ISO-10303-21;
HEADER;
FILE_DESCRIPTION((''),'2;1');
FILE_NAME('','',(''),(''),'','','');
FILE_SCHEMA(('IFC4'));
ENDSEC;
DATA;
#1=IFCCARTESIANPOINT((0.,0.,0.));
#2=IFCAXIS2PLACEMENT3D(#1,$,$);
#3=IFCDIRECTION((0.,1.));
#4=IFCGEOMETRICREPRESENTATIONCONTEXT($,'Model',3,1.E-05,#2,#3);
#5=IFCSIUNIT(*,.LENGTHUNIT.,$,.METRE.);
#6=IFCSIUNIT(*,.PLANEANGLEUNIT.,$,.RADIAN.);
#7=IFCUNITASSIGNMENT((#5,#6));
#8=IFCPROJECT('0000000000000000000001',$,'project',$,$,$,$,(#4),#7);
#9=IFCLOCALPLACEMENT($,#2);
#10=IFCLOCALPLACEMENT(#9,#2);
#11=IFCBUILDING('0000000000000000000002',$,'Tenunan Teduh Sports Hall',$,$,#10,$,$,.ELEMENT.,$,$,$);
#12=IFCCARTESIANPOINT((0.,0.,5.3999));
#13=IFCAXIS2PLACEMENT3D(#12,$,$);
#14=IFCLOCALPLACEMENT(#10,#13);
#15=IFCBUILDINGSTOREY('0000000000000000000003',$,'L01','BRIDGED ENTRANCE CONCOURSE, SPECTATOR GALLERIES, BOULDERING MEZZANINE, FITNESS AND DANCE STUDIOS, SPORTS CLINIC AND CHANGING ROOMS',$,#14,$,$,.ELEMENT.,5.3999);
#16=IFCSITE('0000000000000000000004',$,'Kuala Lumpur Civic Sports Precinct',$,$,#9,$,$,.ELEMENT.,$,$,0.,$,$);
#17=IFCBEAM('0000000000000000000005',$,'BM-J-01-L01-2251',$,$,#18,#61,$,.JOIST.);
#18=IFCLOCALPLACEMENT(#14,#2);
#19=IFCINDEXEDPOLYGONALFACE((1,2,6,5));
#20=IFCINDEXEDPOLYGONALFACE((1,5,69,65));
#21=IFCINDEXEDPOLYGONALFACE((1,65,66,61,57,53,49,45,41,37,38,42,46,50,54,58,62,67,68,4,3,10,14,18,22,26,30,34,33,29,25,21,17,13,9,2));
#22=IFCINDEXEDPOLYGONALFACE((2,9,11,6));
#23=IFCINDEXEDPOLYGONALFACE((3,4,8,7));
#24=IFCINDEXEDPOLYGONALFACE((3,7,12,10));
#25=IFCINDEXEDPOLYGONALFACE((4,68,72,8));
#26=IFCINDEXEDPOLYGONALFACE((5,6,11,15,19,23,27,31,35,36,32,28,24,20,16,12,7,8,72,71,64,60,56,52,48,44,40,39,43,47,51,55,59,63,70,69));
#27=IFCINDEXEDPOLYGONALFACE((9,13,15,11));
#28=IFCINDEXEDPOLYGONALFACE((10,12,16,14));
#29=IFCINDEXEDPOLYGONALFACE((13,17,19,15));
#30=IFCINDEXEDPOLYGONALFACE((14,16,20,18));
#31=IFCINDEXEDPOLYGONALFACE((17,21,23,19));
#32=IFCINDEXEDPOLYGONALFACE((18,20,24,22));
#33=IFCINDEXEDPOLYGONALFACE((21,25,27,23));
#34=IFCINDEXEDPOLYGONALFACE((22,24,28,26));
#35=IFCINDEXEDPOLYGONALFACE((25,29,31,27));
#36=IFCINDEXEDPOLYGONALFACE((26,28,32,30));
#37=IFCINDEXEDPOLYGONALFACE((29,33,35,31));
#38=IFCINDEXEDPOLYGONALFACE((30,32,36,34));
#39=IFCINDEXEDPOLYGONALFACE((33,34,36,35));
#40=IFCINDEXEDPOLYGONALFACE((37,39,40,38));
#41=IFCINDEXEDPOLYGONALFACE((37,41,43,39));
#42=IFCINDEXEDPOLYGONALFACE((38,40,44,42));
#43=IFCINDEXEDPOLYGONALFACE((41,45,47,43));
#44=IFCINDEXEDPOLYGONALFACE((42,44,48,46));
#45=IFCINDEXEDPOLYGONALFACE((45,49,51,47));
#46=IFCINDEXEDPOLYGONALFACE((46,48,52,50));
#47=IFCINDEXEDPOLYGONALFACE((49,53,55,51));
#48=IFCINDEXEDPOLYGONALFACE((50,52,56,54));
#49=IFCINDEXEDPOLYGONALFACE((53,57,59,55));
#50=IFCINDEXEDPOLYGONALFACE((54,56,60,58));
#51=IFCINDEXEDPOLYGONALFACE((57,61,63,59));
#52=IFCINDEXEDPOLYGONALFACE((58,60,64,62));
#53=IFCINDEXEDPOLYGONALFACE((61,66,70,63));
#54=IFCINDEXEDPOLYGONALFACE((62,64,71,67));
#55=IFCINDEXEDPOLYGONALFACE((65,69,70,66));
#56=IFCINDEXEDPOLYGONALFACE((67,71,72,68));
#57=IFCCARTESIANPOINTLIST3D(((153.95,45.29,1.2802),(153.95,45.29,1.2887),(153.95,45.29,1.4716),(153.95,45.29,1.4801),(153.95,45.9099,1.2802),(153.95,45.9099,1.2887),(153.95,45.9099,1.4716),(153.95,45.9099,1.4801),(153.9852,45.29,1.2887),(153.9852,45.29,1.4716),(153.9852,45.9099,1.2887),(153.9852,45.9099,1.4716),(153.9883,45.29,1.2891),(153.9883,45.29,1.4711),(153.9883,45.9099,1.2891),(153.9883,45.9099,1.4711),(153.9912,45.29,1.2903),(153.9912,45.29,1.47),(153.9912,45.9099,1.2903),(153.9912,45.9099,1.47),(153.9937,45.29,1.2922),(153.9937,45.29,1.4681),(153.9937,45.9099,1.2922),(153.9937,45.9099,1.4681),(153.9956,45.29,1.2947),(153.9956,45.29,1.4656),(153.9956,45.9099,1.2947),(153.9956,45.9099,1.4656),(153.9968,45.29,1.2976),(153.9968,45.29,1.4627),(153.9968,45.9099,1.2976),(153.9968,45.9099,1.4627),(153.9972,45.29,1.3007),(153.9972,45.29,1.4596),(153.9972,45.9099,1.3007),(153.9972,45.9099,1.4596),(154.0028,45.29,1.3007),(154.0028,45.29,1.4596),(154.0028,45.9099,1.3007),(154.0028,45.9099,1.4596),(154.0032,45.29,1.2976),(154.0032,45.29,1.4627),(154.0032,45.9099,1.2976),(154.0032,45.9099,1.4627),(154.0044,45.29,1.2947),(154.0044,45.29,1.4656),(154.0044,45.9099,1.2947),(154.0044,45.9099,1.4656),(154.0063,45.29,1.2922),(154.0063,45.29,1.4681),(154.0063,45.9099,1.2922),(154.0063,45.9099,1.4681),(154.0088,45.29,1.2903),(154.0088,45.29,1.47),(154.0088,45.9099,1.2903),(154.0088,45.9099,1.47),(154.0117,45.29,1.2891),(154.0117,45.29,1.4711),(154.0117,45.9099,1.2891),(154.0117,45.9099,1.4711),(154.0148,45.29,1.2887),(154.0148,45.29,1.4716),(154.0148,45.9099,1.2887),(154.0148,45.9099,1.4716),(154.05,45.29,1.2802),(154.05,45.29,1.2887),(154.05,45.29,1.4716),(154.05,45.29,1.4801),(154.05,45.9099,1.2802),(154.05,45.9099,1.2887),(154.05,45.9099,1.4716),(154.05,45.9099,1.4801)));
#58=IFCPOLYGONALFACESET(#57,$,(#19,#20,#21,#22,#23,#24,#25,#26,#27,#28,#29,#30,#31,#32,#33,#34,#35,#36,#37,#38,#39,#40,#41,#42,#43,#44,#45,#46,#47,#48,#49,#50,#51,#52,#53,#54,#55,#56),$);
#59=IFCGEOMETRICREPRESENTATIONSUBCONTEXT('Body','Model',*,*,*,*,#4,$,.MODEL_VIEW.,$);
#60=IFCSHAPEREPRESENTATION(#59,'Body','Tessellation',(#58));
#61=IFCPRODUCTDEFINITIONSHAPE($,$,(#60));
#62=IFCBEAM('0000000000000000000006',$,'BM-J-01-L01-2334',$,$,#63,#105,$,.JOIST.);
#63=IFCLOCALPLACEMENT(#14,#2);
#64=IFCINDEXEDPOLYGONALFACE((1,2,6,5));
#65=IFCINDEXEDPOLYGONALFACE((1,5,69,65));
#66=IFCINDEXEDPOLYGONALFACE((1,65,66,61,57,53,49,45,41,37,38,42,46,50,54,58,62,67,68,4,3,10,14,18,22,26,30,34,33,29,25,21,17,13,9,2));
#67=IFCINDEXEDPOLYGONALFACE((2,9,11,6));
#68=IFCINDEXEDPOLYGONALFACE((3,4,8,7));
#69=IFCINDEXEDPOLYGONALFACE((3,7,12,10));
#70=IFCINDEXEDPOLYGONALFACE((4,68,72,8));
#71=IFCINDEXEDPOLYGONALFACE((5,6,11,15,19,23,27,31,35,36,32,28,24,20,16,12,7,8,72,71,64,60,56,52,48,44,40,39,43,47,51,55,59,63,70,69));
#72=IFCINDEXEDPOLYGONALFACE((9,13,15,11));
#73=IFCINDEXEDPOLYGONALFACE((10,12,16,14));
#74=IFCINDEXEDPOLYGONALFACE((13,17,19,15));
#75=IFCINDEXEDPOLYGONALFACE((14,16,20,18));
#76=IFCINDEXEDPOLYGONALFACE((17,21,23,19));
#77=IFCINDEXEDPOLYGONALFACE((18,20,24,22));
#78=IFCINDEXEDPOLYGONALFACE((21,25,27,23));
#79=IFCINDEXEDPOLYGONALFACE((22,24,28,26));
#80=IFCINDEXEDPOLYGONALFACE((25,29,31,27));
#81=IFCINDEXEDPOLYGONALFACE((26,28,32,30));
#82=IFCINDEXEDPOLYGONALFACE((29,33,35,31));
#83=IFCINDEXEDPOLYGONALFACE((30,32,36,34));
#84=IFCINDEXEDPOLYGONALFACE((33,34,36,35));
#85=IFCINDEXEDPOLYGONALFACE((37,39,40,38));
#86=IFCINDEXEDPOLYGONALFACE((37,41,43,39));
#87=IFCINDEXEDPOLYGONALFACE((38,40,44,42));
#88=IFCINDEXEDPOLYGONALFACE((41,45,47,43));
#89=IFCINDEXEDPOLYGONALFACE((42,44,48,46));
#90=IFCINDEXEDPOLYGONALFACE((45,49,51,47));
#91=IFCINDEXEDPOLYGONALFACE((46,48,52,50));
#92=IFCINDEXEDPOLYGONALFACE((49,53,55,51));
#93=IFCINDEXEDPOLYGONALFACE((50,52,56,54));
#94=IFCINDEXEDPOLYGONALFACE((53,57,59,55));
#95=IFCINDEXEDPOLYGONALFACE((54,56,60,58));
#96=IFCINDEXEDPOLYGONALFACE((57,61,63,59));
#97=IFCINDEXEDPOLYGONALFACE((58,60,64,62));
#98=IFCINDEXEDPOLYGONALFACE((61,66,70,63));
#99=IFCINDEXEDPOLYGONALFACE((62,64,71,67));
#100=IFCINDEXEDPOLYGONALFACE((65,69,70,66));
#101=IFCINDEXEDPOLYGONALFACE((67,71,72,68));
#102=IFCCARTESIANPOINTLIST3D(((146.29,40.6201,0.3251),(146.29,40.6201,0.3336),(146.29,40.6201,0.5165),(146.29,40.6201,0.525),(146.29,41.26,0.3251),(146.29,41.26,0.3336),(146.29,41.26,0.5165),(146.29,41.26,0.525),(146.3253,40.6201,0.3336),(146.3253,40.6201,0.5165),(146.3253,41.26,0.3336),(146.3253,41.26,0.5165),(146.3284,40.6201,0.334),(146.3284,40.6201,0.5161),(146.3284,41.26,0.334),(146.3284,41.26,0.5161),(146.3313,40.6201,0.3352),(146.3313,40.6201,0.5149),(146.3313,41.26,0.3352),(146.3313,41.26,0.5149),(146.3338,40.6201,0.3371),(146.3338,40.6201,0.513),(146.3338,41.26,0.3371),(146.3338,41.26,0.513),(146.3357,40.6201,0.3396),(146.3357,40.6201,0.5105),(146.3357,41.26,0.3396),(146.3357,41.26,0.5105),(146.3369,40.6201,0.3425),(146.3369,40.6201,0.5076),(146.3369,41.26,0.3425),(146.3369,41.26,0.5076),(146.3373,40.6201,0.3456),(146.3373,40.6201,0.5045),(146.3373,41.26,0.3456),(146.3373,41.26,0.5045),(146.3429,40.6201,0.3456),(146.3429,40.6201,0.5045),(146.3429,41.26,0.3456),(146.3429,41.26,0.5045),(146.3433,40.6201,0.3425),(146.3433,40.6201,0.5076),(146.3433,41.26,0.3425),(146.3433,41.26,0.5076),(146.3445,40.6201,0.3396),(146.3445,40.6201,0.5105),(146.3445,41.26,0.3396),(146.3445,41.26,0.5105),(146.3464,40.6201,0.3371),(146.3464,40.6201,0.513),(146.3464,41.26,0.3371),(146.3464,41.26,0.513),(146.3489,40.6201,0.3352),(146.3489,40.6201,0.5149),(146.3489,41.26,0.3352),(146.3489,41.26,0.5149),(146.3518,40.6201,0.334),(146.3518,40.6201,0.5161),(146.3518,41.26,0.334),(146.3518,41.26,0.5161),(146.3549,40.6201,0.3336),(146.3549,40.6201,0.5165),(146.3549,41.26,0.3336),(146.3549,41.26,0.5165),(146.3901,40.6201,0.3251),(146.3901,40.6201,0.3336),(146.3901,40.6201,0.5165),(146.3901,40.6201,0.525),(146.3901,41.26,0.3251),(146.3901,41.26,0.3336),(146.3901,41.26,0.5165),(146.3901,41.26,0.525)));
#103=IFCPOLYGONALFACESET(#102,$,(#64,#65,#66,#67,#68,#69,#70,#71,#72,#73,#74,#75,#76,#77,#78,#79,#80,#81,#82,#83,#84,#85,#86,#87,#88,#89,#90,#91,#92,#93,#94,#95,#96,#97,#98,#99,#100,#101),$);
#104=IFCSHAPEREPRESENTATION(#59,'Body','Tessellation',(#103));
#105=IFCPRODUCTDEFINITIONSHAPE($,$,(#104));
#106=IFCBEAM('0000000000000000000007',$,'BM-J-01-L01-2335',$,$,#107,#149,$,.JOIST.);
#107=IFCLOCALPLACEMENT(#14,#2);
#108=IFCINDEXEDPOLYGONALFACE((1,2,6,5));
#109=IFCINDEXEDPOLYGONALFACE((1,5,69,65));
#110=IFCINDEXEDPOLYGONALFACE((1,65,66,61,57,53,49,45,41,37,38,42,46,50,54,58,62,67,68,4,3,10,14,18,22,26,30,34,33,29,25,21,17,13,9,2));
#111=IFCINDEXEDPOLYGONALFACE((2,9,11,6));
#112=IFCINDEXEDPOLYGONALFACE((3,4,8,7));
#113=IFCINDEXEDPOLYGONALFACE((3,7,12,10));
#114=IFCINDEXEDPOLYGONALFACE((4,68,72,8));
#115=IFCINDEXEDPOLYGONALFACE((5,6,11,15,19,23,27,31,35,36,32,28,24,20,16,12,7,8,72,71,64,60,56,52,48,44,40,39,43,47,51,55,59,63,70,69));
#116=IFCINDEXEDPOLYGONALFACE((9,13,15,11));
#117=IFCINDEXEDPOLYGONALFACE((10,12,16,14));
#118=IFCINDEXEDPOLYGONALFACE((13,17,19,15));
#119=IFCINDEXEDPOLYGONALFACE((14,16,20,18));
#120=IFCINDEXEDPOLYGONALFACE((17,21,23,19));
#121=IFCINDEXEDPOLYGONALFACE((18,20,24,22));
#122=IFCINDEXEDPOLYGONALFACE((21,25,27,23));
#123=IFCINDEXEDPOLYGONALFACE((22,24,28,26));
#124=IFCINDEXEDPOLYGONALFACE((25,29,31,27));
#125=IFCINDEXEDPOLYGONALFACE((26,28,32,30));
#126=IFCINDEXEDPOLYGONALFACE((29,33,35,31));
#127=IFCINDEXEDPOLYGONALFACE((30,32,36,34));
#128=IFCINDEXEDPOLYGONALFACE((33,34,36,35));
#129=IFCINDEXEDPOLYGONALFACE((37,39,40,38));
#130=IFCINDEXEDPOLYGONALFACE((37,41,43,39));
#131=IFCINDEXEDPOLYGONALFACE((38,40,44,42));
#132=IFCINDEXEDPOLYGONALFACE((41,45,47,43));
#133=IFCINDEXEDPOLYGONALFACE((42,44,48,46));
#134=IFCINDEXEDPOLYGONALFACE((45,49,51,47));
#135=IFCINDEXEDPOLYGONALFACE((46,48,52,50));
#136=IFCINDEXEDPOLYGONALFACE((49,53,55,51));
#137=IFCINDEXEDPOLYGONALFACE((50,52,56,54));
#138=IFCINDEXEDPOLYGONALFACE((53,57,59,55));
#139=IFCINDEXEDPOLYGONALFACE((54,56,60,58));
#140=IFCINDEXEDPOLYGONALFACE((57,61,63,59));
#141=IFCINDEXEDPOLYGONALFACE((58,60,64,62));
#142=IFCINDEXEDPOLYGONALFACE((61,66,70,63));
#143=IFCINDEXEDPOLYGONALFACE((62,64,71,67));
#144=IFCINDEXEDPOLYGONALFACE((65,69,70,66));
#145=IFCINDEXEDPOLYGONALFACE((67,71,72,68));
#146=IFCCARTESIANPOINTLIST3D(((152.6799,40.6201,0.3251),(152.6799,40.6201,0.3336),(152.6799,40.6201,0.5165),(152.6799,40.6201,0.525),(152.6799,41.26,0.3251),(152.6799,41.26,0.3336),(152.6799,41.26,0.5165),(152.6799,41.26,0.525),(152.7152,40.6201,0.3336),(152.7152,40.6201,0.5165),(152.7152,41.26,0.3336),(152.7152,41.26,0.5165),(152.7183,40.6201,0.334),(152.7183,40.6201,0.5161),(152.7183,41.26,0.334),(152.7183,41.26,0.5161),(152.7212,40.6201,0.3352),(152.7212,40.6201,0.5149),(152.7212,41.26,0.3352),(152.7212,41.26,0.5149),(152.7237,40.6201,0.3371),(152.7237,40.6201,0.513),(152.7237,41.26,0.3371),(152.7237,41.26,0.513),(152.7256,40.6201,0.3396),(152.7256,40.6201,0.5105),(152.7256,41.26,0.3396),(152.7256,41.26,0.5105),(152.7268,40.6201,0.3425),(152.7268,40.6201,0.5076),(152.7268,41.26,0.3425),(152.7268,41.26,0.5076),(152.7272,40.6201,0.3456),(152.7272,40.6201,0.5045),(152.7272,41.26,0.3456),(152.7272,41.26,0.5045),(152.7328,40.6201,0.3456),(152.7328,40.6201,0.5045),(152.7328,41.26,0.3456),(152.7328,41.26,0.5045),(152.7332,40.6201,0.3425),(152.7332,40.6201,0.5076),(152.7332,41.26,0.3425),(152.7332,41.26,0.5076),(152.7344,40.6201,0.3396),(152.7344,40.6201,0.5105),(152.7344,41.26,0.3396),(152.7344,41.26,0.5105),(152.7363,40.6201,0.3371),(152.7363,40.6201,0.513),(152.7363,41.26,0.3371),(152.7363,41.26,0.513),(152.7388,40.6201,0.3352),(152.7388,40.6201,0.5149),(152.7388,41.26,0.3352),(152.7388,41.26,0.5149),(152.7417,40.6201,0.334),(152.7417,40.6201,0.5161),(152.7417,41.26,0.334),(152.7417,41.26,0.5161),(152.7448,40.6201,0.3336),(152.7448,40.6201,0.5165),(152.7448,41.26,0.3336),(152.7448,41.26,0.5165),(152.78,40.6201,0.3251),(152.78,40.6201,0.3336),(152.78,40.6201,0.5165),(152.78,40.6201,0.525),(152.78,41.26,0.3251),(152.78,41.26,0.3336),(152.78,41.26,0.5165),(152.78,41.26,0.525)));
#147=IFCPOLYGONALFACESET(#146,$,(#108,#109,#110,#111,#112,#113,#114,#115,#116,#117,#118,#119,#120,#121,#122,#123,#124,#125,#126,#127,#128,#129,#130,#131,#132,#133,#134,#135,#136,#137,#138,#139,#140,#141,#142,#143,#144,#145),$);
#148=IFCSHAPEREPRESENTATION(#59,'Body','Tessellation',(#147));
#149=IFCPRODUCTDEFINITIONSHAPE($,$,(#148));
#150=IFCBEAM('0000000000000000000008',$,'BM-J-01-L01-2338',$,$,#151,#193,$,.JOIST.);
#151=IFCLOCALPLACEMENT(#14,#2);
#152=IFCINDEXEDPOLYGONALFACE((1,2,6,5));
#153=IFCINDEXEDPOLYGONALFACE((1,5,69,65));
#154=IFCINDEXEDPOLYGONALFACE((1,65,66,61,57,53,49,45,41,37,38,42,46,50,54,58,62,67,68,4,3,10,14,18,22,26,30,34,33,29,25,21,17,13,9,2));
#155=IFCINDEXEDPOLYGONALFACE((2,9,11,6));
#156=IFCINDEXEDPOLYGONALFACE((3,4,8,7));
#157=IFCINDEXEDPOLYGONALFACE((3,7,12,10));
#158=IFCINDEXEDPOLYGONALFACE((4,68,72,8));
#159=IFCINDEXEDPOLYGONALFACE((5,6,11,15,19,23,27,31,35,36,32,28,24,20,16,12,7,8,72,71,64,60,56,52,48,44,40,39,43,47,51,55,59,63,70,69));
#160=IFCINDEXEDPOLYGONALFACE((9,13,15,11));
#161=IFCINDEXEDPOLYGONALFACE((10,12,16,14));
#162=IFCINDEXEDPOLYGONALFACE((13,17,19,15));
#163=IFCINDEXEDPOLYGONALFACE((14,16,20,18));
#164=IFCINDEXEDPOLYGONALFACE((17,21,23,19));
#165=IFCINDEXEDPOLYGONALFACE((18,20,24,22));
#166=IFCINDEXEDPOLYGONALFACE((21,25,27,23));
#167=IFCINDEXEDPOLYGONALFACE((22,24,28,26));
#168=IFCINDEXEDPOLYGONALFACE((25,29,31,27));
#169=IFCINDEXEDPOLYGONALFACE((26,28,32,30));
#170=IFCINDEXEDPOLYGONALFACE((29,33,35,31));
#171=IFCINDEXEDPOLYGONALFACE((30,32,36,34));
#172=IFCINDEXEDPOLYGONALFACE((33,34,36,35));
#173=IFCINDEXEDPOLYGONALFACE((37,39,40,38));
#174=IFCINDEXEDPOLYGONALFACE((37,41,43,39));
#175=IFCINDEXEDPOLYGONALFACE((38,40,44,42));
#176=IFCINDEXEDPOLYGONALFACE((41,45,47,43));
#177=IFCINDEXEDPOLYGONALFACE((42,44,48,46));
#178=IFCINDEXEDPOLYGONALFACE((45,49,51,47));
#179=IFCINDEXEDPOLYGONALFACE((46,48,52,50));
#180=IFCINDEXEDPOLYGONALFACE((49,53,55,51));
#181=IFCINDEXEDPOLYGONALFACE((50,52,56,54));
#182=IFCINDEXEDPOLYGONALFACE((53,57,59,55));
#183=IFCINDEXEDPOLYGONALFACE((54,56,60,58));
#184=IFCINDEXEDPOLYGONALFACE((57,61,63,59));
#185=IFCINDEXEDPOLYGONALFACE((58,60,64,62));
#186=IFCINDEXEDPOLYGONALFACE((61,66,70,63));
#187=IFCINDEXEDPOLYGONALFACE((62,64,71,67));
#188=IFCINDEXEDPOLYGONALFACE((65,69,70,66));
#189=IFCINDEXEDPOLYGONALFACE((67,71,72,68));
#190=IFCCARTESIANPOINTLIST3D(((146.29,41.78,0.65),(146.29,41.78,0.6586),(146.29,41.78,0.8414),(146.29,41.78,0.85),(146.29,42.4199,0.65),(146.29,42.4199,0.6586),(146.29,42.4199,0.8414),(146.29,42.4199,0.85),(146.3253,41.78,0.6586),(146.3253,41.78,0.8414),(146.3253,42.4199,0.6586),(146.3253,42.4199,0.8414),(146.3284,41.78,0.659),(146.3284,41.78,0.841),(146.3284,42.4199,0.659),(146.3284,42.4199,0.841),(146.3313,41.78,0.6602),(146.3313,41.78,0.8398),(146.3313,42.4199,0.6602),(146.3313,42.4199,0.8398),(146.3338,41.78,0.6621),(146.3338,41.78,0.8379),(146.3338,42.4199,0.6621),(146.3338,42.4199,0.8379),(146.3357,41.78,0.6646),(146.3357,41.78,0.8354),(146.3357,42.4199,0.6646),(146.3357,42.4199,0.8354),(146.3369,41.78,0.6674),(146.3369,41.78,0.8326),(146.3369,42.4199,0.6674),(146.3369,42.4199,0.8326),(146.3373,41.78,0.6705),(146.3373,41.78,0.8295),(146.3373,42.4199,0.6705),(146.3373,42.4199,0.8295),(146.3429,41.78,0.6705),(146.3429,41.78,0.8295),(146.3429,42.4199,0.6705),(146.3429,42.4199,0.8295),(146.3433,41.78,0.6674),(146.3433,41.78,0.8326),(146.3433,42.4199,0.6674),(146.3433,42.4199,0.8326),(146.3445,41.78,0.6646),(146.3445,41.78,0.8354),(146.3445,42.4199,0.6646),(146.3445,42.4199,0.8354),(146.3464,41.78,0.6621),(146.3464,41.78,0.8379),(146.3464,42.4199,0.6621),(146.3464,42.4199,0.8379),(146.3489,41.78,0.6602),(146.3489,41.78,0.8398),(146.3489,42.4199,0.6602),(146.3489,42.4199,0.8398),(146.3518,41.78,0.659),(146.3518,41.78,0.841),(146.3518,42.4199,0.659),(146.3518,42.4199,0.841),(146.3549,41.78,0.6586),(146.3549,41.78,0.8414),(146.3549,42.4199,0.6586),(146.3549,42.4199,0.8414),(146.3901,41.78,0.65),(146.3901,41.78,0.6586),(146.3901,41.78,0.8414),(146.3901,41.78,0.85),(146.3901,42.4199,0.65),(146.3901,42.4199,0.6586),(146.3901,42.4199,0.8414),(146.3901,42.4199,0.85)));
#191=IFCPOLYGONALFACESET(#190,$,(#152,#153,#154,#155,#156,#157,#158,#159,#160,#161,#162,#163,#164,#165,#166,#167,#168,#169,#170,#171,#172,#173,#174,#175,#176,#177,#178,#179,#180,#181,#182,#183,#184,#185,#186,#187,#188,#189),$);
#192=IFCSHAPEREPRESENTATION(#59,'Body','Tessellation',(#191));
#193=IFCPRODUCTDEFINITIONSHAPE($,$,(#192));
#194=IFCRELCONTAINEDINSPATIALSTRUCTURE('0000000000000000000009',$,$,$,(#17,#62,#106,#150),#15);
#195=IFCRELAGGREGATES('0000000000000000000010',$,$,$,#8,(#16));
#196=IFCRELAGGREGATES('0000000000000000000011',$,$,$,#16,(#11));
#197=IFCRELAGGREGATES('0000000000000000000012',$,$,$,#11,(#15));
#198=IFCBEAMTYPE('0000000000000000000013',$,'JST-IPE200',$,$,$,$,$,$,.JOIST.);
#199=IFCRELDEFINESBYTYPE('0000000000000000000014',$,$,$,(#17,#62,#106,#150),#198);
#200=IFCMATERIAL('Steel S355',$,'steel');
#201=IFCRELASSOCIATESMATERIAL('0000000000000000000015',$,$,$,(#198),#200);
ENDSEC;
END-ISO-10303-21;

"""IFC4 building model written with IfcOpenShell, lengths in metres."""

from ifc_helpers import new_model, si_unit, direction, frame, origin, origin_2d, place, context, subcontext, project, spatial, i_section, extrude, material, material_profile, profile_set, type_object, element, save


model = new_model("IFC4")

# Units and contexts
model_context = context("Model", 3, precision=1e-05, world=origin(), true_north=direction((0.0, 1.0)))
body_context = subcontext(model_context, "Body", "Model", "MODEL_VIEW")
ifc_project = project(units=[si_unit("LENGTHUNIT", "METRE"), si_unit("PLANEANGLEUNIT", "RADIAN")], contexts=[model_context])

# Site, building, storey
site_placement = place(None, origin())
site = spatial("IfcSite", under=ifc_project, at=site_placement, Name="Kuala Lumpur Civic Sports Precinct", CompositionType="ELEMENT", RefElevation=0.0)
building_placement = place(site_placement, origin())
building = spatial("IfcBuilding", under=site, at=building_placement, Name="Tenunan Teduh Sports Hall", CompositionType="ELEMENT")
storey_placement = place(building_placement, frame((0.0, 0.0, 5.3999)))
storey = spatial("IfcBuildingStorey", under=building, at=storey_placement, Name="L01", Description="BRIDGED ENTRANCE CONCOURSE, SPECTATOR GALLERIES, BOULDERING MEZZANINE, FITNESS AND DANCE STUDIOS, SPORTS CLINIC AND CHANGING ROOMS", CompositionType="ELEMENT", Elevation=5.3999)

# Beams
ifc_material_1 = material(Name="Steel S355", Category="steel")
ifc_material_profile_1 = material_profile(ifc_material_1, i_section(OverallWidth=0.1001, OverallDepth=0.2, WebThickness=0.0056, FlangeThickness=0.0085, FilletRadius=0.012, at=origin_2d()), Name="IPE 200")
ifc_profile_set_1 = profile_set([ifc_material_profile_1], Name="Steel S355")
beam_type_1 = type_object("IfcBeamType", Name="JST-IPE200", PredefinedType="JOIST", material=ifc_profile_set_1)
beam_placement = place(storey_placement, frame((154.0, 45.29, 1.3801), z_axis=(0.0, 1.0, 0.0), x_axis=(-1.0, 0.0, 0.0)))
element("IfcBeam", 1, at=beam_placement, inside=storey, type_object=beam_type_1, Name="BM-J-01-L01-2251", PredefinedType="JOIST", context=body_context, shape_type="SweptSolid", body=[
    extrude(i_section(OverallWidth=0.1001, OverallDepth=0.2, WebThickness=0.0056, FlangeThickness=0.0085, FilletRadius=0.012, at=origin_2d()), origin(), (0.0, 0.0, 1.0), 0.6199),
])
for number, where, z_axis, x_axis, name in (
    (2, (146.3401, 40.6201, 0.425), (0.0, 1.0, 0.0), (-1.0, 0.0, 0.0), "BM-J-01-L01-2334"),
    (3, (152.73, 40.6201, 0.425), (0.0, 1.0, 0.0), (-1.0, 0.0, 0.0), "BM-J-01-L01-2335"),
    (4, (146.3401, 41.78, 0.75), (0.0, 1.0, 0.0), (-1.0, 0.0, 0.0), "BM-J-01-L01-2338"),
):
    element("IfcBeam", number, at=place(storey_placement, frame(where, z_axis=z_axis, x_axis=x_axis)), inside=storey, type_object=beam_type_1, Name=name, PredefinedType="JOIST", context=body_context, shape_type="SweptSolid", body=[
        extrude(i_section(OverallWidth=0.1001, OverallDepth=0.2, WebThickness=0.0056, FlangeThickness=0.0085, FilletRadius=0.012, at=origin_2d()), origin(), (0.0, 0.0, 1.0), 0.6399),
    ])

save(model, "model.ifc")
